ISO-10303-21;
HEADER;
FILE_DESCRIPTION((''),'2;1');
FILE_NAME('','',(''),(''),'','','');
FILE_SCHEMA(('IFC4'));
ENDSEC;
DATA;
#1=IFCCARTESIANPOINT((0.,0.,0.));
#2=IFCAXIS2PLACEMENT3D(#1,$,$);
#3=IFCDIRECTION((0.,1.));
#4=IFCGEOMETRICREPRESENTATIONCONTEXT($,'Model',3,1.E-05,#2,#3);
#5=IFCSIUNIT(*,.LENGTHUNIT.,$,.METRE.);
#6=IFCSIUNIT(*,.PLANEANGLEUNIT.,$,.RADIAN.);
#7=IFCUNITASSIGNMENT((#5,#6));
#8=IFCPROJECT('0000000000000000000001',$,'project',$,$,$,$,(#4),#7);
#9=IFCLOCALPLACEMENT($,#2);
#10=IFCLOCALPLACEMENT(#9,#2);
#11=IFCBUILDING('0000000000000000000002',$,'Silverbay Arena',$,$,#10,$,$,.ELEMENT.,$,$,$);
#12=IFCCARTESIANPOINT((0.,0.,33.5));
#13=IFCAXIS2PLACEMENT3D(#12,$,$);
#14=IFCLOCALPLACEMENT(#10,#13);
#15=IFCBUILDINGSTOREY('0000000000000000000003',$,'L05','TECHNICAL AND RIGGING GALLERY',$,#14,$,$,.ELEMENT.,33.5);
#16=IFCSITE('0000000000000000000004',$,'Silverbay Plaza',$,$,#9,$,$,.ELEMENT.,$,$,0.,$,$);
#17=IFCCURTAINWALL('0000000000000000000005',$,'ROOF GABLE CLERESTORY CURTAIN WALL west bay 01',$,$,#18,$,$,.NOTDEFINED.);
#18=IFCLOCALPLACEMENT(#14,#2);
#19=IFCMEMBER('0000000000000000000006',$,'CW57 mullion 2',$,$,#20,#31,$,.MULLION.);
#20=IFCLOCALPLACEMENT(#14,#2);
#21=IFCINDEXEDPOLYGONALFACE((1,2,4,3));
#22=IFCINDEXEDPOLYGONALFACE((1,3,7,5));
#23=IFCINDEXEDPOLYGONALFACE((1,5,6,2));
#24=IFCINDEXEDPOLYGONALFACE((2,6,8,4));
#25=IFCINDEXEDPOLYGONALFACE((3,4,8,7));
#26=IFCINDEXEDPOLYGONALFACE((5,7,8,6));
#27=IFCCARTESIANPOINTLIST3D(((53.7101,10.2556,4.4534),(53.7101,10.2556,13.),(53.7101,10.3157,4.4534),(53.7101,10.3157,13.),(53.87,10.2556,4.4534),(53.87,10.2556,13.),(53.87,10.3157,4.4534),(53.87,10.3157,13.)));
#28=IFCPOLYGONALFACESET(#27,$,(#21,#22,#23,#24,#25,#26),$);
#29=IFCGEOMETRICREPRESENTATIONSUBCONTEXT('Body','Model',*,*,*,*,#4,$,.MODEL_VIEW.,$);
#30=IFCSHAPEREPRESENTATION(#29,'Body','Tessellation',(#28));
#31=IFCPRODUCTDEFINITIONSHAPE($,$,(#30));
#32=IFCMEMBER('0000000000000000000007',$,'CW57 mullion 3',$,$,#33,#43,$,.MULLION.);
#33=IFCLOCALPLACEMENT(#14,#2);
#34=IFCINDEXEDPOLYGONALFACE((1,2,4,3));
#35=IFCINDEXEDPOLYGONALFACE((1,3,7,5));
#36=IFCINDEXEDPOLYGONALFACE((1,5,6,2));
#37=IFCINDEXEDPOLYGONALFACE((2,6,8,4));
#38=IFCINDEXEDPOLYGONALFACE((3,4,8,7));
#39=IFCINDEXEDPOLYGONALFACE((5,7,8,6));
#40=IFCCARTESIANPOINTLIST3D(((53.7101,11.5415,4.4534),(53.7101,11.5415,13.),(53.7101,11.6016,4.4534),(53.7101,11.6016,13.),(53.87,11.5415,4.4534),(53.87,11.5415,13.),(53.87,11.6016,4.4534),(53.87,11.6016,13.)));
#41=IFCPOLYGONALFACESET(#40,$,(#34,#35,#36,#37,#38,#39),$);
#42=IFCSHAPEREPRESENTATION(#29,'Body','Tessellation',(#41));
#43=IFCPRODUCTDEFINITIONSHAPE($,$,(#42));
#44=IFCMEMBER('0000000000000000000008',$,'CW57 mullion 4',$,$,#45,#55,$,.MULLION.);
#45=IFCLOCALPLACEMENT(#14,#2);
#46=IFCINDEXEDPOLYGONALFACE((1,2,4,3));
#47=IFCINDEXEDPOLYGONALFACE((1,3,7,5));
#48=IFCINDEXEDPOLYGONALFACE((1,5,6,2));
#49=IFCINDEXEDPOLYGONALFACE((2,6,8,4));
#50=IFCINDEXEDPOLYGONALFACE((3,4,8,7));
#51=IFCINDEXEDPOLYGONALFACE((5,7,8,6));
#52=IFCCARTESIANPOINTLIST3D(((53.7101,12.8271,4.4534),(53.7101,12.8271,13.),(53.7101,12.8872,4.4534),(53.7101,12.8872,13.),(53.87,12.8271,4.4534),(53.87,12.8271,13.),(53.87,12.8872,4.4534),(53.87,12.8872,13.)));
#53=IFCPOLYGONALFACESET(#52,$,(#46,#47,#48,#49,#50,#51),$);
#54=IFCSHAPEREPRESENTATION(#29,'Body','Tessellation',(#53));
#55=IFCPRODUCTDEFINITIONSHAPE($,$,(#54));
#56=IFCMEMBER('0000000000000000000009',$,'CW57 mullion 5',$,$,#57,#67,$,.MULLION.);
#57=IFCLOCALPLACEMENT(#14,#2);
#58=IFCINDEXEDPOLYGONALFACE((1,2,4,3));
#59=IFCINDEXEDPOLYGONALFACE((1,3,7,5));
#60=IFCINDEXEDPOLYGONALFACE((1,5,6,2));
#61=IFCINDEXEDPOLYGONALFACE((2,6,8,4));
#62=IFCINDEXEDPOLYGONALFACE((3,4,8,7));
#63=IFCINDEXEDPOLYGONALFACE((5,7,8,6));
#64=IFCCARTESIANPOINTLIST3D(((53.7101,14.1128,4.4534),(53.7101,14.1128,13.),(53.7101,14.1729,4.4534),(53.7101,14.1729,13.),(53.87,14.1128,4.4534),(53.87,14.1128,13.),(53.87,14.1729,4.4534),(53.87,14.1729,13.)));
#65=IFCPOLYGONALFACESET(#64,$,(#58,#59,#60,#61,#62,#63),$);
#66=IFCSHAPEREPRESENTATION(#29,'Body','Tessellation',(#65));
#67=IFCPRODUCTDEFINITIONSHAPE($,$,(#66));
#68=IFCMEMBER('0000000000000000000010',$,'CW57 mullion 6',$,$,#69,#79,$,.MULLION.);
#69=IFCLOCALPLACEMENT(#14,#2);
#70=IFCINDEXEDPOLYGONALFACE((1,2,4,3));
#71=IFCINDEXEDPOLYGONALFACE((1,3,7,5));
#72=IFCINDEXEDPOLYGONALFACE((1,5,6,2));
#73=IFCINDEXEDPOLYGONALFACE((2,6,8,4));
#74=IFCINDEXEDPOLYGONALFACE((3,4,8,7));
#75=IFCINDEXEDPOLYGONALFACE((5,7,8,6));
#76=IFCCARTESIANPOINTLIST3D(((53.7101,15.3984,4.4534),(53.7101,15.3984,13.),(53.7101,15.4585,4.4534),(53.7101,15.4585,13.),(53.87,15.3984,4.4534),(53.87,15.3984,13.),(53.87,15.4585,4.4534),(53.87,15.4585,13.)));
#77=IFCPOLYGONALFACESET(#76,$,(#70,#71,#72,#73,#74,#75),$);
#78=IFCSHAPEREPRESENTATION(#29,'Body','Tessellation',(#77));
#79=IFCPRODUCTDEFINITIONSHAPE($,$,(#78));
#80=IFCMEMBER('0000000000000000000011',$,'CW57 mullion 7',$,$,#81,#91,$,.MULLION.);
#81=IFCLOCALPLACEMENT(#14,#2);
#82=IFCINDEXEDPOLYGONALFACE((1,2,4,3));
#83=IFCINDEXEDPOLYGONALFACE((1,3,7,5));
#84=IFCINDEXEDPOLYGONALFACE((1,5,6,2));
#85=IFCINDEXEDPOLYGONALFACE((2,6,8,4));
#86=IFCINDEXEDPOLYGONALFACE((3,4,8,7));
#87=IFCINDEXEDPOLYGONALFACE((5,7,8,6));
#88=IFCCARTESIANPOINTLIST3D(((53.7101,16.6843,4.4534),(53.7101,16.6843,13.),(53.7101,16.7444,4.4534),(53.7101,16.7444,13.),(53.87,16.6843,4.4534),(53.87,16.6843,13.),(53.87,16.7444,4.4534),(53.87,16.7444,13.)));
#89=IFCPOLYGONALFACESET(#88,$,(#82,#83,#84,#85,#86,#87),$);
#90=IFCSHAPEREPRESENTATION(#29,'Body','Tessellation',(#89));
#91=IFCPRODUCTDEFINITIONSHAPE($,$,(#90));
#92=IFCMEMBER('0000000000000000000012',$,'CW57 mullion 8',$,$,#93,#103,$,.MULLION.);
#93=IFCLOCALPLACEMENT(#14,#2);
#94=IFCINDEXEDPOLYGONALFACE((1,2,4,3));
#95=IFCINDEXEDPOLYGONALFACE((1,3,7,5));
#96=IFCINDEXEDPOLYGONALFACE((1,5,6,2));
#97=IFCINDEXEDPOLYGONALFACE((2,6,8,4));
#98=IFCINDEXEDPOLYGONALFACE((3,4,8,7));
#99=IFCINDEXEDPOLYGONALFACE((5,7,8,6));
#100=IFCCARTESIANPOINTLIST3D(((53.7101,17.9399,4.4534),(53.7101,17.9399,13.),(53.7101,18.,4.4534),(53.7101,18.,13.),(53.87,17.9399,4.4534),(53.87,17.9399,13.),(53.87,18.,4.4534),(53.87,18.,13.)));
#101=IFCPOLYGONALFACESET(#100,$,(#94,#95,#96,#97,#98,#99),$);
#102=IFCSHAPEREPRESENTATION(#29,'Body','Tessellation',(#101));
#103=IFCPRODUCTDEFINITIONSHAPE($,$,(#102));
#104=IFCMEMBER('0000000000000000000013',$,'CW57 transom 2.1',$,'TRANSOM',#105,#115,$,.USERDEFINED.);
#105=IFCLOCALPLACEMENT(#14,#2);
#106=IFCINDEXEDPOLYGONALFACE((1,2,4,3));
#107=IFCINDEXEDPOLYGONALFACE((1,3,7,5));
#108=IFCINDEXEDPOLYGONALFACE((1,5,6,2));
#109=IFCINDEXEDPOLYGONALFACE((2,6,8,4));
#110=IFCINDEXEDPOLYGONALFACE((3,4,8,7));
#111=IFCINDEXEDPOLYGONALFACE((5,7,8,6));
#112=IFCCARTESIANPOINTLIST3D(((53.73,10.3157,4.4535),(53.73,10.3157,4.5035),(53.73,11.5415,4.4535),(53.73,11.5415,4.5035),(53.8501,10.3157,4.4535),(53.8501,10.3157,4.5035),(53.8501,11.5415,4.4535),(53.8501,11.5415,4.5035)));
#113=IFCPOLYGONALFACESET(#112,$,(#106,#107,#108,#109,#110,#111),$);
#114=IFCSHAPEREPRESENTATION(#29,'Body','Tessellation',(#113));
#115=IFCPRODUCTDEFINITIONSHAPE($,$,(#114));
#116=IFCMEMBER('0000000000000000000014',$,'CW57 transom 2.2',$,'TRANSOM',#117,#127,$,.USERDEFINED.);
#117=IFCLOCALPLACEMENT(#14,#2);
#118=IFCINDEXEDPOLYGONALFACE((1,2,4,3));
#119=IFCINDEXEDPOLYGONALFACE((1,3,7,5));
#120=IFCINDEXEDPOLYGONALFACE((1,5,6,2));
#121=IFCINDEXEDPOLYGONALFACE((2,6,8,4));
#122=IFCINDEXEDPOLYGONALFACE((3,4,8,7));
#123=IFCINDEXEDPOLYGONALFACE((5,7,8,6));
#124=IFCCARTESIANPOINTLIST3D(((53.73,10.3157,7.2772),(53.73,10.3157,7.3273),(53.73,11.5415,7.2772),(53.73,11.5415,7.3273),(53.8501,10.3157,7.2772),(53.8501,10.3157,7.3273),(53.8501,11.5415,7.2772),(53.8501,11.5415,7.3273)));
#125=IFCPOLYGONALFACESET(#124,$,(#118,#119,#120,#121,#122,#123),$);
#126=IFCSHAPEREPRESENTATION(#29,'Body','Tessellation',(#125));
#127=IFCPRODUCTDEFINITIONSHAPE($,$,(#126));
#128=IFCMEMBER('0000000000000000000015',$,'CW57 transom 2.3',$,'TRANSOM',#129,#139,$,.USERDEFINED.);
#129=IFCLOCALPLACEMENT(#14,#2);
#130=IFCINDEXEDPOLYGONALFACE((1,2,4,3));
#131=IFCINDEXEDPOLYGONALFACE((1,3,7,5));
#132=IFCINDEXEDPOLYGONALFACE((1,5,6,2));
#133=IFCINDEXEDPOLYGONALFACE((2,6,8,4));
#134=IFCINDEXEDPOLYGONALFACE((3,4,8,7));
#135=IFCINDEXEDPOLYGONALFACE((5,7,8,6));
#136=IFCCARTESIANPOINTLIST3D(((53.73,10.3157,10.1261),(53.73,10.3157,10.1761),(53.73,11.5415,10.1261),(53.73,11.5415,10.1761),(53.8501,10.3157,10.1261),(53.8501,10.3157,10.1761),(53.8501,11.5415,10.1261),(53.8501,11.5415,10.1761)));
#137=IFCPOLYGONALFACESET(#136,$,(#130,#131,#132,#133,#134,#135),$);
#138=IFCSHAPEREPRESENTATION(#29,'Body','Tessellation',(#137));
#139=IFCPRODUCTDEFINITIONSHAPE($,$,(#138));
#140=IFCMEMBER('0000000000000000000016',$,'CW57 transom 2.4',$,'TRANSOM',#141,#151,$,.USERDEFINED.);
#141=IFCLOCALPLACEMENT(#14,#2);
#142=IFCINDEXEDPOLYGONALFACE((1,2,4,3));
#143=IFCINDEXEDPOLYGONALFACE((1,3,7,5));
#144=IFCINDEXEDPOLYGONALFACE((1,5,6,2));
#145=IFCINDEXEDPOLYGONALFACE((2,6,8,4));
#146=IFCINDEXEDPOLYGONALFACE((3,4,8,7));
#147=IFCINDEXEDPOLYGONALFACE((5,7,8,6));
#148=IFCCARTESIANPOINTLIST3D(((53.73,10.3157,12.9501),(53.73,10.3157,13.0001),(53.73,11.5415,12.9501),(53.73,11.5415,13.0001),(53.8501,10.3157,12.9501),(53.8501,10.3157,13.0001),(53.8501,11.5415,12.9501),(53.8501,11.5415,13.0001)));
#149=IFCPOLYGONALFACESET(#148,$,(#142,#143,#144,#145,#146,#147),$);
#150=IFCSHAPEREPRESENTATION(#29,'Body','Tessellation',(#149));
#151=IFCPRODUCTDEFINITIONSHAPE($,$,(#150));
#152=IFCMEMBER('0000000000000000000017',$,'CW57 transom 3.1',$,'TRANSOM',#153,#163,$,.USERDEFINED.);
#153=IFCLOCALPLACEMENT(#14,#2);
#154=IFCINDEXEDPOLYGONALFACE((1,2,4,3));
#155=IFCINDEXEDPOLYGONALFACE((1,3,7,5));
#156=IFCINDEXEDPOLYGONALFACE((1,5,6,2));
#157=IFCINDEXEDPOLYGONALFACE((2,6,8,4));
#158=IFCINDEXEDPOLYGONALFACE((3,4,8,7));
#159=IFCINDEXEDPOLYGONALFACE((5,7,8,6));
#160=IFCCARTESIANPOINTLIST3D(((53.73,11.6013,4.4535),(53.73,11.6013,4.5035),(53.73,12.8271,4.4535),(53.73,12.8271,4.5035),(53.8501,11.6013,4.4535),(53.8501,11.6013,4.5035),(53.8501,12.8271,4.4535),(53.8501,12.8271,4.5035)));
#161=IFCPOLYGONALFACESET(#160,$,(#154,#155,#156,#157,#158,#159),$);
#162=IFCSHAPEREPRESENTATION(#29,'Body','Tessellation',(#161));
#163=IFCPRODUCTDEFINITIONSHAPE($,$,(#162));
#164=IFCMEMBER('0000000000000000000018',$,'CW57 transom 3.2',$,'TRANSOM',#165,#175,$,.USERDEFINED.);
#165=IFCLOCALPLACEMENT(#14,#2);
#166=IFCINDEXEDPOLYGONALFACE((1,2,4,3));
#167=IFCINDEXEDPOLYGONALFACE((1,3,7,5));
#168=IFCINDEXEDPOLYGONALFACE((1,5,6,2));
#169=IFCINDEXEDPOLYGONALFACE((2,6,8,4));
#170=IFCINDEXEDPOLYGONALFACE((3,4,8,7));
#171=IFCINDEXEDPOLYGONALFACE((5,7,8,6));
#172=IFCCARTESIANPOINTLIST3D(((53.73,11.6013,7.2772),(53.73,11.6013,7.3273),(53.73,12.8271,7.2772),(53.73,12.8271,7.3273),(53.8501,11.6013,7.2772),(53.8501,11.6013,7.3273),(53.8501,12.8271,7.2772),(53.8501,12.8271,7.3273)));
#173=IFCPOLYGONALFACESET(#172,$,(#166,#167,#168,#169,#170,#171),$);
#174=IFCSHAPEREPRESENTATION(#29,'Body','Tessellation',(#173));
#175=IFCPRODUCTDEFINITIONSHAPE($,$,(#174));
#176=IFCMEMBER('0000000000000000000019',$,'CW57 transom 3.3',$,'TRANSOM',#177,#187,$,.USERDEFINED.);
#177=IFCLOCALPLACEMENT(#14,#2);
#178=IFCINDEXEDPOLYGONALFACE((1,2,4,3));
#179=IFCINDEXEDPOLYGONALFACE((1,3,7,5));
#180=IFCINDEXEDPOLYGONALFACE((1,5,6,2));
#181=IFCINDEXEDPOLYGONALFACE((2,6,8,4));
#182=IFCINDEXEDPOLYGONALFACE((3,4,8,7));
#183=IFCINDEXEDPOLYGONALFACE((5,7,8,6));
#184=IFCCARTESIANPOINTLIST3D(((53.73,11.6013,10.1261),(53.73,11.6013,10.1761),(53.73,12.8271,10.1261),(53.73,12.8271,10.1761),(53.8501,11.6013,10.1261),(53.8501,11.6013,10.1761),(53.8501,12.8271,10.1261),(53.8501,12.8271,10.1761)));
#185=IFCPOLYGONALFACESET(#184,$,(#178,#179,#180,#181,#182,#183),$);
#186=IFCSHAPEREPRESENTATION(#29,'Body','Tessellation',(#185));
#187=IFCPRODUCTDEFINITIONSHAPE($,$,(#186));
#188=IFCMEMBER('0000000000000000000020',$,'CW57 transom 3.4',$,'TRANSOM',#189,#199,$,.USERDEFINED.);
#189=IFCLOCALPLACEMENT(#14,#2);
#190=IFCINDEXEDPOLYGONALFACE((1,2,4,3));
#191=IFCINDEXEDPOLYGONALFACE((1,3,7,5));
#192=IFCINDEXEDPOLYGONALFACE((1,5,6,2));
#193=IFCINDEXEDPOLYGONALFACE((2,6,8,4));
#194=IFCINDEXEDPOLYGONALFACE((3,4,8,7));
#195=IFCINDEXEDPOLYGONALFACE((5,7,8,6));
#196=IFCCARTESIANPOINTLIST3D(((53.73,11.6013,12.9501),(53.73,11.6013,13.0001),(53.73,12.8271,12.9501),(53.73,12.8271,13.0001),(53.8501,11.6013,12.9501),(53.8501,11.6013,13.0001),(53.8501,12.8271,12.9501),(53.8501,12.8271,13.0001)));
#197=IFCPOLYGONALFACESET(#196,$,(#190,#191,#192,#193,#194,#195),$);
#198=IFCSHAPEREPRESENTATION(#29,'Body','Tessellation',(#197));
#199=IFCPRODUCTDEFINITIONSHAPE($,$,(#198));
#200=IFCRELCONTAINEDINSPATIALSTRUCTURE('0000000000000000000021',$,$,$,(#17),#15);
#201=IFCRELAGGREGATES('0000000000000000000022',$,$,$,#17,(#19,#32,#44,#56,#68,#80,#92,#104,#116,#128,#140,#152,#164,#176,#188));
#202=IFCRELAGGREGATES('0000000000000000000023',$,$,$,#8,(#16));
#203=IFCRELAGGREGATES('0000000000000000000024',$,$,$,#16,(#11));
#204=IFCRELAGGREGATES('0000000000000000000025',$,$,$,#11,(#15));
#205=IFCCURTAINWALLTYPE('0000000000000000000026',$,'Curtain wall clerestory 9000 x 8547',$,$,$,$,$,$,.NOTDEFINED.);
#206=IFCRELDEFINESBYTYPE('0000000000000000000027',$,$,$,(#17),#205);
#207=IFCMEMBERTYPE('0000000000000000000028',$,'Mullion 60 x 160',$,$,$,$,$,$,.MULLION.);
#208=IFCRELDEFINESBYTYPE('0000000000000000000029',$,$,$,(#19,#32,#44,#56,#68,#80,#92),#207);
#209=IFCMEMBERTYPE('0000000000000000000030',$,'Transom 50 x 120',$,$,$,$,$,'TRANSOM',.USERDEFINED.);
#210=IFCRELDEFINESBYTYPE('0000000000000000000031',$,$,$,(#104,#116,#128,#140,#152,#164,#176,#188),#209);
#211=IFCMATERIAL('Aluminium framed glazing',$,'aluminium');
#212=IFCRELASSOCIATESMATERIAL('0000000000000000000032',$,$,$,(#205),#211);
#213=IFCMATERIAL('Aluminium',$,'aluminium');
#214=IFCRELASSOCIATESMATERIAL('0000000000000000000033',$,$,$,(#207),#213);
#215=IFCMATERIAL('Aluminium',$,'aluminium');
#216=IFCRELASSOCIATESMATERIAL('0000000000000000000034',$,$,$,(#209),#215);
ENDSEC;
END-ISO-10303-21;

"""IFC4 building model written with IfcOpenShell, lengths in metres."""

from ifc_helpers import new_model, si_unit, direction, frame, origin, origin_2d, place, context, subcontext, project, spatial, rectangle, extrude, material, material_profile, profile_set, type_object, element, aggregate, save


model = new_model("IFC4")

# Units and contexts
model_context = context("Model", 3, precision=1e-05, world=origin(), true_north=direction((0.0, 1.0)))
body_context = subcontext(model_context, "Body", "Model", "MODEL_VIEW")
ifc_project = project(units=[si_unit("LENGTHUNIT", "METRE"), si_unit("PLANEANGLEUNIT", "RADIAN")], contexts=[model_context])

# Site, building, storey
site_placement = place(None, origin())
site = spatial("IfcSite", under=ifc_project, at=site_placement, Name="Silverbay Plaza", CompositionType="ELEMENT", RefElevation=0.0)
building_placement = place(site_placement, origin())
building = spatial("IfcBuilding", under=site, at=building_placement, Name="Silverbay Arena", CompositionType="ELEMENT")
storey_placement = place(building_placement, frame((0.0, 0.0, 33.5)))
storey = spatial("IfcBuildingStorey", under=building, at=storey_placement, Name="L05", Description="TECHNICAL AND RIGGING GALLERY", CompositionType="ELEMENT", Elevation=33.5)

# Curtain wall, members
ifc_material_1 = material(Name="Aluminium framed glazing", Category="aluminium")
curtain_wall_type = type_object("IfcCurtainWallType", Name="Curtain wall clerestory 9000 x 8547", PredefinedType="NOTDEFINED", material=ifc_material_1)
curtain_wall_placement = place(storey_placement, origin())
curtain_wall = element("IfcCurtainWall", 1, at=curtain_wall_placement, inside=storey, type_object=curtain_wall_type, Name="ROOF GABLE CLERESTORY CURTAIN WALL west bay 01", PredefinedType="NOTDEFINED")
ifc_material_2 = material(Name="Aluminium", Category="aluminium")
ifc_material_profile_1 = material_profile(ifc_material_2, rectangle(XDim=0.1599, YDim=0.0601, at=origin_2d()), Name="Mullion 60 x 160")
ifc_profile_set_1 = profile_set([ifc_material_profile_1], Name="Aluminium")
member_type_1 = type_object("IfcMemberType", Name="Mullion 60 x 160", PredefinedType="MULLION", material=ifc_profile_set_1)
member_1_placement = place(storey_placement, frame((53.79, 10.2856, 4.4534), z_axis=(0.0, 0.0, 1.0), x_axis=(-1.0, 0.0, 0.0)))
member_1 = element("IfcMember", 2, at=member_1_placement, type_object=member_type_1, Name="CW57 mullion 2", PredefinedType="MULLION", context=body_context, shape_type="SweptSolid", body=[
    extrude(rectangle(XDim=0.1599, YDim=0.0601, at=origin_2d()), origin(), (0.0, 0.0, 1.0), 8.5466),
])
member_2_placement = place(storey_placement, frame((53.79, 11.5715, 4.4534), z_axis=(0.0, 0.0, 1.0), x_axis=(-1.0, 0.0, 0.0)))
member_2 = element("IfcMember", 3, at=member_2_placement, type_object=member_type_1, Name="CW57 mullion 3", PredefinedType="MULLION", context=body_context, shape_type="SweptSolid", body=[
    extrude(rectangle(XDim=0.1599, YDim=0.0601, at=origin_2d()), origin(), (0.0, 0.0, 1.0), 8.5466),
])
member_3_placement = place(storey_placement, frame((53.79, 12.8572, 4.4534), z_axis=(0.0, 0.0, 1.0), x_axis=(-1.0, 0.0, 0.0)))
member_3 = element("IfcMember", 4, at=member_3_placement, type_object=member_type_1, Name="CW57 mullion 4", PredefinedType="MULLION", context=body_context, shape_type="SweptSolid", body=[
    extrude(rectangle(XDim=0.1599, YDim=0.0601, at=origin_2d()), origin(), (0.0, 0.0, 1.0), 8.5466),
])
member_4_placement = place(storey_placement, frame((53.79, 14.1428, 4.4534), z_axis=(0.0, 0.0, 1.0), x_axis=(-1.0, 0.0, 0.0)))
member_4 = element("IfcMember", 5, at=member_4_placement, type_object=member_type_1, Name="CW57 mullion 5", PredefinedType="MULLION", context=body_context, shape_type="SweptSolid", body=[
    extrude(rectangle(XDim=0.1599, YDim=0.0601, at=origin_2d()), origin(), (0.0, 0.0, 1.0), 8.5466),
])
member_5_placement = place(storey_placement, frame((53.79, 15.4285, 4.4534), z_axis=(0.0, 0.0, 1.0), x_axis=(-1.0, 0.0, 0.0)))
member_5 = element("IfcMember", 6, at=member_5_placement, type_object=member_type_1, Name="CW57 mullion 6", PredefinedType="MULLION", context=body_context, shape_type="SweptSolid", body=[
    extrude(rectangle(XDim=0.1599, YDim=0.0601, at=origin_2d()), origin(), (0.0, 0.0, 1.0), 8.5466),
])
member_6_placement = place(storey_placement, frame((53.79, 16.7144, 4.4534), z_axis=(0.0, 0.0, 1.0), x_axis=(-1.0, 0.0, 0.0)))
member_6 = element("IfcMember", 7, at=member_6_placement, type_object=member_type_1, Name="CW57 mullion 7", PredefinedType="MULLION", context=body_context, shape_type="SweptSolid", body=[
    extrude(rectangle(XDim=0.1599, YDim=0.0601, at=origin_2d()), origin(), (0.0, 0.0, 1.0), 8.5466),
])
member_7_placement = place(storey_placement, frame((53.79, 17.97, 4.4534), z_axis=(0.0, 0.0, 1.0), x_axis=(-1.0, 0.0, 0.0)))
member_7 = element("IfcMember", 8, at=member_7_placement, type_object=member_type_1, Name="CW57 mullion 8", PredefinedType="MULLION", context=body_context, shape_type="SweptSolid", body=[
    extrude(rectangle(XDim=0.1599, YDim=0.0601, at=origin_2d()), origin(), (0.0, 0.0, 1.0), 8.5466),
])
ifc_material_3 = material(Name="Aluminium", Category="aluminium")
ifc_material_profile_2 = material_profile(ifc_material_3, rectangle(XDim=0.1201, YDim=0.05, at=origin_2d()), Name="Transom 50 x 120")
ifc_profile_set_2 = profile_set([ifc_material_profile_2], Name="Aluminium")
member_type_2 = type_object("IfcMemberType", Name="Transom 50 x 120", ElementType="TRANSOM", PredefinedType="USERDEFINED", material=ifc_profile_set_2)
member_8_placement = place(storey_placement, frame((53.79, 10.3157, 4.4785), z_axis=(0.0, 1.0, 0.0), x_axis=(-1.0, 0.0, 0.0)))
member_8 = element("IfcMember", 9, at=member_8_placement, type_object=member_type_2, Name="CW57 transom 2.1", ObjectType="TRANSOM", PredefinedType="USERDEFINED", context=body_context, shape_type="SweptSolid", body=[
    extrude(rectangle(XDim=0.1201, YDim=0.05, at=origin_2d()), origin(), (0.0, 0.0, 1.0), 1.2258),
])
member_9_placement = place(storey_placement, frame((53.79, 10.3157, 7.3022), z_axis=(0.0, 1.0, 0.0), x_axis=(-1.0, 0.0, 0.0)))
member_9 = element("IfcMember", 10, at=member_9_placement, type_object=member_type_2, Name="CW57 transom 2.2", ObjectType="TRANSOM", PredefinedType="USERDEFINED", context=body_context, shape_type="SweptSolid", body=[
    extrude(rectangle(XDim=0.1201, YDim=0.05, at=origin_2d()), origin(), (0.0, 0.0, 1.0), 1.2258),
])
member_10_placement = place(storey_placement, frame((53.79, 10.3157, 10.1511), z_axis=(0.0, 1.0, 0.0), x_axis=(-1.0, 0.0, 0.0)))
member_10 = element("IfcMember", 11, at=member_10_placement, type_object=member_type_2, Name="CW57 transom 2.3", ObjectType="TRANSOM", PredefinedType="USERDEFINED", context=body_context, shape_type="SweptSolid", body=[
    extrude(rectangle(XDim=0.1201, YDim=0.05, at=origin_2d()), origin(), (0.0, 0.0, 1.0), 1.2258),
])
member_11_placement = place(storey_placement, frame((53.79, 10.3157, 12.9751), z_axis=(0.0, 1.0, 0.0), x_axis=(-1.0, 0.0, 0.0)))
member_11 = element("IfcMember", 12, at=member_11_placement, type_object=member_type_2, Name="CW57 transom 2.4", ObjectType="TRANSOM", PredefinedType="USERDEFINED", context=body_context, shape_type="SweptSolid", body=[
    extrude(rectangle(XDim=0.1201, YDim=0.05, at=origin_2d()), origin(), (0.0, 0.0, 1.0), 1.2258),
])
member_12_placement = place(storey_placement, frame((53.79, 11.6013, 4.4785), z_axis=(0.0, 1.0, 0.0), x_axis=(-1.0, 0.0, 0.0)))
member_12 = element("IfcMember", 13, at=member_12_placement, type_object=member_type_2, Name="CW57 transom 3.1", ObjectType="TRANSOM", PredefinedType="USERDEFINED", context=body_context, shape_type="SweptSolid", body=[
    extrude(rectangle(XDim=0.1201, YDim=0.05, at=origin_2d()), origin(), (0.0, 0.0, 1.0), 1.2258),
])
member_13_placement = place(storey_placement, frame((53.79, 11.6013, 7.3022), z_axis=(0.0, 1.0, 0.0), x_axis=(-1.0, 0.0, 0.0)))
member_13 = element("IfcMember", 14, at=member_13_placement, type_object=member_type_2, Name="CW57 transom 3.2", ObjectType="TRANSOM", PredefinedType="USERDEFINED", context=body_context, shape_type="SweptSolid", body=[
    extrude(rectangle(XDim=0.1201, YDim=0.05, at=origin_2d()), origin(), (0.0, 0.0, 1.0), 1.2258),
])
member_14_placement = place(storey_placement, frame((53.79, 11.6013, 10.1511), z_axis=(0.0, 1.0, 0.0), x_axis=(-1.0, 0.0, 0.0)))
member_14 = element("IfcMember", 15, at=member_14_placement, type_object=member_type_2, Name="CW57 transom 3.3", ObjectType="TRANSOM", PredefinedType="USERDEFINED", context=body_context, shape_type="SweptSolid", body=[
    extrude(rectangle(XDim=0.1201, YDim=0.05, at=origin_2d()), origin(), (0.0, 0.0, 1.0), 1.2258),
])
member_15_placement = place(storey_placement, frame((53.79, 11.6013, 12.9751), z_axis=(0.0, 1.0, 0.0), x_axis=(-1.0, 0.0, 0.0)))
member_15 = element("IfcMember", 16, at=member_15_placement, type_object=member_type_2, Name="CW57 transom 3.4", ObjectType="TRANSOM", PredefinedType="USERDEFINED", context=body_context, shape_type="SweptSolid", body=[
    extrude(rectangle(XDim=0.1201, YDim=0.05, at=origin_2d()), origin(), (0.0, 0.0, 1.0), 1.2258),
])
aggregate(curtain_wall, [member_1, member_2, member_3, member_4, member_5, member_6, member_7, member_8, member_9, member_10, member_11, member_12, member_13, member_14, member_15])

save(model, "model.ifc")
